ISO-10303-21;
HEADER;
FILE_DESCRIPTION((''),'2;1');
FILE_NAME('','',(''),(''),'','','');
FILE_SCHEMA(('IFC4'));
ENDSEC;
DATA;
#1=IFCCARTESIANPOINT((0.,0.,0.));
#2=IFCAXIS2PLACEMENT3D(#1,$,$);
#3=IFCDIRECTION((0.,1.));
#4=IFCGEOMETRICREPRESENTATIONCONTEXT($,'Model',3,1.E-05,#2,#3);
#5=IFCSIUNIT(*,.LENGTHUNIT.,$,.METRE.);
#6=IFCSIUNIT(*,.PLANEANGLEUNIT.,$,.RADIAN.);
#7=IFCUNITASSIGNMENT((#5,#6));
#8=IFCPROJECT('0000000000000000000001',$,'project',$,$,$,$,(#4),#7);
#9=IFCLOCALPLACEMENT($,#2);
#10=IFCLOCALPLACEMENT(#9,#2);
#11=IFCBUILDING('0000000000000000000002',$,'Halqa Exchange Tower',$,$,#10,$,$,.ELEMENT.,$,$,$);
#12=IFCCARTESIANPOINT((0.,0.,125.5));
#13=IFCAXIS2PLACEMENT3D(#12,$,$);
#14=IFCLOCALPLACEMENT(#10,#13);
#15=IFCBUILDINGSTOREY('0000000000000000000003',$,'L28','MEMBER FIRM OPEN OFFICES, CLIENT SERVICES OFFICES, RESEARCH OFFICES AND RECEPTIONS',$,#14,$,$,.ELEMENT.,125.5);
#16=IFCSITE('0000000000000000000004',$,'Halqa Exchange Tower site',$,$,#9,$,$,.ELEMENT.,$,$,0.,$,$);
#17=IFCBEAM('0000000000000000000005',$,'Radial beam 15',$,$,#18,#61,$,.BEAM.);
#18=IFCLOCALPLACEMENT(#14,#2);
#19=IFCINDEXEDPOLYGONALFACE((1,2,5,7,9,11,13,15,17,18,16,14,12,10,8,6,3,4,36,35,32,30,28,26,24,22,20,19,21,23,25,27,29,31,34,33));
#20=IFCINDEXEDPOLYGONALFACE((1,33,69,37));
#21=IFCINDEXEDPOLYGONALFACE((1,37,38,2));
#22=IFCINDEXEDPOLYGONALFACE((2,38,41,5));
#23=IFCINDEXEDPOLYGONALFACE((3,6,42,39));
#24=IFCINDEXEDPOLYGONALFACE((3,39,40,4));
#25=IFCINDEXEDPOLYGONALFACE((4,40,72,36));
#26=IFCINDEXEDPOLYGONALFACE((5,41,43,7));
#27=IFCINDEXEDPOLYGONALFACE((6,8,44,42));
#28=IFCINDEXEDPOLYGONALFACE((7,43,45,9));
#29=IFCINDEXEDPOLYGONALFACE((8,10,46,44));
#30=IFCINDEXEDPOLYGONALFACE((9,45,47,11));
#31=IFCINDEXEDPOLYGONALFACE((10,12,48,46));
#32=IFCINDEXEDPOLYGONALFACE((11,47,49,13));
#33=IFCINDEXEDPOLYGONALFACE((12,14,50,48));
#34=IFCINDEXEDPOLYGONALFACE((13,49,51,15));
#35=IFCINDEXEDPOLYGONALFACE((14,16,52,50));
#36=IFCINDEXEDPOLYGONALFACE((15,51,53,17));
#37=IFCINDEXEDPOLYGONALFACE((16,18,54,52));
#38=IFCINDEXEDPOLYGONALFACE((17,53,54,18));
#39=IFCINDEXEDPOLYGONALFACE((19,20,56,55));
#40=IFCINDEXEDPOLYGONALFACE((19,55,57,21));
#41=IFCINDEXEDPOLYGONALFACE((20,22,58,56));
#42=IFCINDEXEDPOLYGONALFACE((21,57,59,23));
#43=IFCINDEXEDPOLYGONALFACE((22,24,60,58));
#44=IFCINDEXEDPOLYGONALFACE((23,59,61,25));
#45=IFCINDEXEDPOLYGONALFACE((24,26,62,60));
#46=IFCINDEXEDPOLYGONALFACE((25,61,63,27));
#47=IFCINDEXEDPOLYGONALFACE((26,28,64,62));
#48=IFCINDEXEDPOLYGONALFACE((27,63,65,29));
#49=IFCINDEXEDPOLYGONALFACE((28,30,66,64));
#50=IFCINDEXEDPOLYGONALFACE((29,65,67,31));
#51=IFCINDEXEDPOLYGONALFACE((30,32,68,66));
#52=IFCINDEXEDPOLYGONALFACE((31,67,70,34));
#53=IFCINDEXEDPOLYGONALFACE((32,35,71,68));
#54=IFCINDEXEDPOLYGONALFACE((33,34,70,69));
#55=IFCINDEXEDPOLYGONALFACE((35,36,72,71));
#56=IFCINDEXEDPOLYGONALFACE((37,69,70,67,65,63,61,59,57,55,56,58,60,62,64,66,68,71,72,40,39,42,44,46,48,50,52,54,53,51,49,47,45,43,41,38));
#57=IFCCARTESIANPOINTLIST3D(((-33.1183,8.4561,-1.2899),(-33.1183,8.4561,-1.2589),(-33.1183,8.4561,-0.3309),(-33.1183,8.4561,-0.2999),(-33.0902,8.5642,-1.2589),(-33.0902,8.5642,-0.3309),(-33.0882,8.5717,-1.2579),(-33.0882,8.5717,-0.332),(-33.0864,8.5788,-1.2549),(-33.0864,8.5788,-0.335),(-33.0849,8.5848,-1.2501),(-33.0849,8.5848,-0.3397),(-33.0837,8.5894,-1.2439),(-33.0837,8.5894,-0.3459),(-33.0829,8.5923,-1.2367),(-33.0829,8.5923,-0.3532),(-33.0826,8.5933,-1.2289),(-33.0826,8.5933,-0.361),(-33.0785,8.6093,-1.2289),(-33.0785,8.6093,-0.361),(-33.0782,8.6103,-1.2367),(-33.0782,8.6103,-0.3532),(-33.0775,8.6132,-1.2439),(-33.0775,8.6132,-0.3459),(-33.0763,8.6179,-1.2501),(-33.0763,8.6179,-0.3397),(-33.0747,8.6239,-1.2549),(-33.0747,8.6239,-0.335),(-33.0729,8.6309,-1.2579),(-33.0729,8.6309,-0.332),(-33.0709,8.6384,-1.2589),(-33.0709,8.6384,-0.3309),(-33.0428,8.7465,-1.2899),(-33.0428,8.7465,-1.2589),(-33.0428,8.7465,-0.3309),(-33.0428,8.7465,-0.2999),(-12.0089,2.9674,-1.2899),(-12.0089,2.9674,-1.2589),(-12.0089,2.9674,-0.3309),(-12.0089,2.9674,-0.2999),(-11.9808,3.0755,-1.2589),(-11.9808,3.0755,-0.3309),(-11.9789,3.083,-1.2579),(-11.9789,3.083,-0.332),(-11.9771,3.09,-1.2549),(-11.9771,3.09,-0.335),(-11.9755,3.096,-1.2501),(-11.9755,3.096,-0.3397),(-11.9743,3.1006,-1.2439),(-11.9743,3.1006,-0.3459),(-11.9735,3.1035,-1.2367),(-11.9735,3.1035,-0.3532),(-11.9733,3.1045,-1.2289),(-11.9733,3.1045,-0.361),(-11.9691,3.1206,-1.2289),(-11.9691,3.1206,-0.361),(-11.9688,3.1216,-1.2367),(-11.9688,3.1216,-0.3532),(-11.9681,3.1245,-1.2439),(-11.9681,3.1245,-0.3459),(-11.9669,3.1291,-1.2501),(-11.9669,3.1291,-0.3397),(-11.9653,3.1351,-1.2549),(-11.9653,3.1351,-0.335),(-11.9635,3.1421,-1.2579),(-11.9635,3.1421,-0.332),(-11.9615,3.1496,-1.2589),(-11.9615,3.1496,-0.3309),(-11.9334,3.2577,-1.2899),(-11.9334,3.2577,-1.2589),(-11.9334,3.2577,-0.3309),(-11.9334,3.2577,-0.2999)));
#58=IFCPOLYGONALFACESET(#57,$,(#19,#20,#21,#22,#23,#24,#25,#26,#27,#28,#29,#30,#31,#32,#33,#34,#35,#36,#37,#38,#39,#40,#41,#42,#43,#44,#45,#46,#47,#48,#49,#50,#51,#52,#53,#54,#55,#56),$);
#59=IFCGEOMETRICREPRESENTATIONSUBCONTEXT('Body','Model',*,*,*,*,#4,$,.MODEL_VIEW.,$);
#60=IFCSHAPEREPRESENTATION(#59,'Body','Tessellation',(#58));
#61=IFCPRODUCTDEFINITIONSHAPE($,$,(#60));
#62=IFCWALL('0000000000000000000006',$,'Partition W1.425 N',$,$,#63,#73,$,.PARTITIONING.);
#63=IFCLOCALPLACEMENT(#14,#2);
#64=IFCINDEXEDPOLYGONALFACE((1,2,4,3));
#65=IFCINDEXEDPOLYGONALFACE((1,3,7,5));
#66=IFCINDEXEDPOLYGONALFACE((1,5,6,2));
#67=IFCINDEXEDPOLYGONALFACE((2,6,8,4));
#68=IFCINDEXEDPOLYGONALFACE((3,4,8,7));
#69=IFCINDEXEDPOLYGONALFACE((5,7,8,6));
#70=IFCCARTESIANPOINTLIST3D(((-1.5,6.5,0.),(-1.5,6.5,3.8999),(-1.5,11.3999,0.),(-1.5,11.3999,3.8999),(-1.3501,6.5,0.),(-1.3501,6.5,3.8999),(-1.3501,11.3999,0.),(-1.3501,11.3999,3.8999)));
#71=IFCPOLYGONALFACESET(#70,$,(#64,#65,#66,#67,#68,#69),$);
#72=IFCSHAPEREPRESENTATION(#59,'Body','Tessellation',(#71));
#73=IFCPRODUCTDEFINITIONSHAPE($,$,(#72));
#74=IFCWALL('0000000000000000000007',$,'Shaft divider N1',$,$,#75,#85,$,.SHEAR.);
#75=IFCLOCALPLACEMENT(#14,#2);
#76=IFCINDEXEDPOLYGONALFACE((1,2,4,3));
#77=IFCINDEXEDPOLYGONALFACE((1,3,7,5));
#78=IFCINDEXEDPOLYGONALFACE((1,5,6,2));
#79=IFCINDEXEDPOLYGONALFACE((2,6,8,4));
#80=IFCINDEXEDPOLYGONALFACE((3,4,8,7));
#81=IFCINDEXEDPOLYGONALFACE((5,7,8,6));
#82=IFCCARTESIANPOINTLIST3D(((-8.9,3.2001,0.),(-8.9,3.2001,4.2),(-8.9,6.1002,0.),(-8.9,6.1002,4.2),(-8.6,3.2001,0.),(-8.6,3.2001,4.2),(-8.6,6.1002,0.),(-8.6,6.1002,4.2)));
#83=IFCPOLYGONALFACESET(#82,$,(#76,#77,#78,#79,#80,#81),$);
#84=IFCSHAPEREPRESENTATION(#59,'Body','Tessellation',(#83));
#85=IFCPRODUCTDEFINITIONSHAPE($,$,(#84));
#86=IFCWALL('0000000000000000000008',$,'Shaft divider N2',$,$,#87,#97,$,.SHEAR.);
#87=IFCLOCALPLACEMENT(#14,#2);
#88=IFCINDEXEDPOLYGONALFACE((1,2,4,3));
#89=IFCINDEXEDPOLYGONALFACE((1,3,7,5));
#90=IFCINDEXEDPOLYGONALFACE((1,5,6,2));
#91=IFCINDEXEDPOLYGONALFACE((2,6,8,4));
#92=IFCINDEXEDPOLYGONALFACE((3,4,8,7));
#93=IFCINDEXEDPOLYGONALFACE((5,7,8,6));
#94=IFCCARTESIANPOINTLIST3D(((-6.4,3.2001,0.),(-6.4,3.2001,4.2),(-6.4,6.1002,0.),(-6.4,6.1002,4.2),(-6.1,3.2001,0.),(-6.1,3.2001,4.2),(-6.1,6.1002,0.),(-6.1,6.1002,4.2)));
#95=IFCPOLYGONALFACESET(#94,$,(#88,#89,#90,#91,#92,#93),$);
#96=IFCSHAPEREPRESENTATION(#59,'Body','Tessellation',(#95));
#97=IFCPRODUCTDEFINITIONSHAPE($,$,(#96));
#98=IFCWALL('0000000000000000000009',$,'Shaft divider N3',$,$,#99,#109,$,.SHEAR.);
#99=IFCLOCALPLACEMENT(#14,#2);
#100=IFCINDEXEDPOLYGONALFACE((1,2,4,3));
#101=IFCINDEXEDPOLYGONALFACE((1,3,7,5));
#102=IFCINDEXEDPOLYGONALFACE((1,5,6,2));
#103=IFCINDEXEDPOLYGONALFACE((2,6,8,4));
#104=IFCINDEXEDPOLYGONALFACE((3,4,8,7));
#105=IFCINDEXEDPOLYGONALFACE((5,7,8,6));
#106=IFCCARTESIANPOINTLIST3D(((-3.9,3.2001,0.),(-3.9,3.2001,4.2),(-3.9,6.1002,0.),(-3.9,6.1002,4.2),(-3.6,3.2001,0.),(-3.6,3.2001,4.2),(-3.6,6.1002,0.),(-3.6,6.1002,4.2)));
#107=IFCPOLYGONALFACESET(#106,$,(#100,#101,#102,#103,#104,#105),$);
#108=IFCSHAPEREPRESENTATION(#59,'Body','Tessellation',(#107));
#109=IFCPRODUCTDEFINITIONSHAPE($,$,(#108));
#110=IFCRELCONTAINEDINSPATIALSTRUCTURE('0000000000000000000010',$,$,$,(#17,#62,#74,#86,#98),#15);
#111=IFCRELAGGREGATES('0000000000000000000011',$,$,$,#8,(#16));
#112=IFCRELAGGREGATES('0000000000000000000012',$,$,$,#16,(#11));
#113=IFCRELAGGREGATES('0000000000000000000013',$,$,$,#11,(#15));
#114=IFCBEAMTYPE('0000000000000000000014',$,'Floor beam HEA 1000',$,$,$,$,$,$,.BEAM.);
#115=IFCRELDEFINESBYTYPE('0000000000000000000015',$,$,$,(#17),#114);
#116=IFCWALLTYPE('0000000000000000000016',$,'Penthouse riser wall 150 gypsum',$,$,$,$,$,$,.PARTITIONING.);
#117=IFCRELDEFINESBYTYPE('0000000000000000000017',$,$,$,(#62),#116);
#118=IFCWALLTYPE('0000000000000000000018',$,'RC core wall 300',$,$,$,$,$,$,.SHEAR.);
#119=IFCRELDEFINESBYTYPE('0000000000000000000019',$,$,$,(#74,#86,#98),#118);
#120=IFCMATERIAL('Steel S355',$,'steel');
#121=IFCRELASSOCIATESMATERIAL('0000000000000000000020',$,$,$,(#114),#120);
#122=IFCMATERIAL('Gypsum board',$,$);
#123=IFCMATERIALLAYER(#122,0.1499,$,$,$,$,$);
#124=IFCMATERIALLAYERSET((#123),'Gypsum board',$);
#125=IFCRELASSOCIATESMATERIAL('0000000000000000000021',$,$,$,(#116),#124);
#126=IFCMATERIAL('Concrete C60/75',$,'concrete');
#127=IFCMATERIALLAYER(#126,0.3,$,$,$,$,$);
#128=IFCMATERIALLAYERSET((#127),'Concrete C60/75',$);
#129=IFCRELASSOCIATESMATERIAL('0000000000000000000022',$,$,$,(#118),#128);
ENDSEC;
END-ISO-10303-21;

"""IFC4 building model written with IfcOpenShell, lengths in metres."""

from ifc_helpers import new_model, si_unit, direction, frame, frame_2d, origin, origin_2d, place, context, subcontext, project, spatial, rectangle, i_section, extrude, material, layer, layer_set, material_profile, profile_set, type_object, element, save


model = new_model("IFC4")

# Units and contexts
model_context = context("Model", 3, precision=1e-05, world=origin(), true_north=direction((0.0, 1.0)))
body_context = subcontext(model_context, "Body", "Model", "MODEL_VIEW")
ifc_project = project(units=[si_unit("LENGTHUNIT", "METRE"), si_unit("PLANEANGLEUNIT", "RADIAN")], contexts=[model_context])

# Site, building, storey
site_placement = place(None, origin())
site = spatial("IfcSite", under=ifc_project, at=site_placement, Name="Halqa Exchange Tower site", CompositionType="ELEMENT", RefElevation=0.0)
building_placement = place(site_placement, origin())
building = spatial("IfcBuilding", under=site, at=building_placement, Name="Halqa Exchange Tower", CompositionType="ELEMENT")
storey_placement = place(building_placement, frame((0.0, 0.0, 125.5)))
storey = spatial("IfcBuildingStorey", under=building, at=storey_placement, Name="L28", Description="MEMBER FIRM OPEN OFFICES, CLIENT SERVICES OFFICES, RESEARCH OFFICES AND RECEPTIONS", CompositionType="ELEMENT", Elevation=125.5)

# Beam
ifc_material_1 = material(Name="Steel S355", Category="steel")
ifc_material_profile = material_profile(ifc_material_1, i_section(OverallWidth=0.3, OverallDepth=0.99, WebThickness=0.0166, FlangeThickness=0.031, FilletRadius=0.03, at=origin_2d()), Name="HEA 1000")
ifc_profile_set = profile_set([ifc_material_profile], Name="Steel S355")
beam_type = type_object("IfcBeamType", Name="Floor beam HEA 1000", PredefinedType="BEAM", material=ifc_profile_set)
beam_placement = place(storey_placement, frame((-11.9712, 3.1125, -0.7949), z_axis=(-0.967819, 0.251648, 0.0), x_axis=(-0.251648, -0.967819, 0.0)))
element("IfcBeam", 1, at=beam_placement, inside=storey, type_object=beam_type, Name="Radial beam 15", PredefinedType="BEAM", context=body_context, shape_type="SweptSolid", body=[
    extrude(i_section(OverallWidth=0.3, OverallDepth=0.99, WebThickness=0.0166, FlangeThickness=0.031, FilletRadius=0.03, at=origin_2d()), origin(), (0.0, 0.0, 1.0), 21.8113),
])

# Walls
ifc_material_2 = material(Name="Gypsum board")
ifc_layer_1 = layer(ifc_material_2, 0.1499)
ifc_layer_set_1 = layer_set([ifc_layer_1], Name="Gypsum board")
wall_type_1 = type_object("IfcWallType", Name="Penthouse riser wall 150 gypsum", PredefinedType="PARTITIONING", material=ifc_layer_set_1)
wall_1_placement = place(storey_placement, frame((-1.425, 6.5, 0.0), z_axis=(0.0, 0.0, 1.0), x_axis=(0.0, 1.0, 0.0)))
element("IfcWall", 2, at=wall_1_placement, inside=storey, type_object=wall_type_1, Name="Partition W1.425 N", PredefinedType="PARTITIONING", context=body_context, shape_type="SweptSolid", body=[
    extrude(rectangle(XDim=4.8999, YDim=0.1499, at=frame_2d((2.45, 0.0))), origin(), (0.0, 0.0, 1.0), 3.8999),
])
ifc_material_3 = material(Name="Concrete C60/75", Category="concrete")
ifc_layer_2 = layer(ifc_material_3, 0.3)
ifc_layer_set_2 = layer_set([ifc_layer_2], Name="Concrete C60/75")
wall_type_2 = type_object("IfcWallType", Name="RC core wall 300", PredefinedType="SHEAR", material=ifc_layer_set_2)
for number, where, z_axis, x_axis, name in (
    (3, (-8.75, 3.2, 0.0), (0.0, 0.0, 1.0), (0.0, 1.0, 0.0), "Shaft divider N1"),
    (4, (-6.25, 3.2, 0.0), (0.0, 0.0, 1.0), (0.0, 1.0, 0.0), "Shaft divider N2"),
    (5, (-3.75, 3.2, 0.0), (0.0, 0.0, 1.0), (0.0, 1.0, 0.0), "Shaft divider N3"),
):
    element("IfcWall", number, at=place(storey_placement, frame(where, z_axis=z_axis, x_axis=x_axis)), inside=storey, type_object=wall_type_2, Name=name, PredefinedType="SHEAR", context=body_context, shape_type="SweptSolid", body=[
        extrude(rectangle(XDim=2.9001, YDim=0.3, at=frame_2d((1.4502, 0.0))), origin(), (0.0, 0.0, 1.0), 4.2),
    ])

save(model, "model.ifc")
